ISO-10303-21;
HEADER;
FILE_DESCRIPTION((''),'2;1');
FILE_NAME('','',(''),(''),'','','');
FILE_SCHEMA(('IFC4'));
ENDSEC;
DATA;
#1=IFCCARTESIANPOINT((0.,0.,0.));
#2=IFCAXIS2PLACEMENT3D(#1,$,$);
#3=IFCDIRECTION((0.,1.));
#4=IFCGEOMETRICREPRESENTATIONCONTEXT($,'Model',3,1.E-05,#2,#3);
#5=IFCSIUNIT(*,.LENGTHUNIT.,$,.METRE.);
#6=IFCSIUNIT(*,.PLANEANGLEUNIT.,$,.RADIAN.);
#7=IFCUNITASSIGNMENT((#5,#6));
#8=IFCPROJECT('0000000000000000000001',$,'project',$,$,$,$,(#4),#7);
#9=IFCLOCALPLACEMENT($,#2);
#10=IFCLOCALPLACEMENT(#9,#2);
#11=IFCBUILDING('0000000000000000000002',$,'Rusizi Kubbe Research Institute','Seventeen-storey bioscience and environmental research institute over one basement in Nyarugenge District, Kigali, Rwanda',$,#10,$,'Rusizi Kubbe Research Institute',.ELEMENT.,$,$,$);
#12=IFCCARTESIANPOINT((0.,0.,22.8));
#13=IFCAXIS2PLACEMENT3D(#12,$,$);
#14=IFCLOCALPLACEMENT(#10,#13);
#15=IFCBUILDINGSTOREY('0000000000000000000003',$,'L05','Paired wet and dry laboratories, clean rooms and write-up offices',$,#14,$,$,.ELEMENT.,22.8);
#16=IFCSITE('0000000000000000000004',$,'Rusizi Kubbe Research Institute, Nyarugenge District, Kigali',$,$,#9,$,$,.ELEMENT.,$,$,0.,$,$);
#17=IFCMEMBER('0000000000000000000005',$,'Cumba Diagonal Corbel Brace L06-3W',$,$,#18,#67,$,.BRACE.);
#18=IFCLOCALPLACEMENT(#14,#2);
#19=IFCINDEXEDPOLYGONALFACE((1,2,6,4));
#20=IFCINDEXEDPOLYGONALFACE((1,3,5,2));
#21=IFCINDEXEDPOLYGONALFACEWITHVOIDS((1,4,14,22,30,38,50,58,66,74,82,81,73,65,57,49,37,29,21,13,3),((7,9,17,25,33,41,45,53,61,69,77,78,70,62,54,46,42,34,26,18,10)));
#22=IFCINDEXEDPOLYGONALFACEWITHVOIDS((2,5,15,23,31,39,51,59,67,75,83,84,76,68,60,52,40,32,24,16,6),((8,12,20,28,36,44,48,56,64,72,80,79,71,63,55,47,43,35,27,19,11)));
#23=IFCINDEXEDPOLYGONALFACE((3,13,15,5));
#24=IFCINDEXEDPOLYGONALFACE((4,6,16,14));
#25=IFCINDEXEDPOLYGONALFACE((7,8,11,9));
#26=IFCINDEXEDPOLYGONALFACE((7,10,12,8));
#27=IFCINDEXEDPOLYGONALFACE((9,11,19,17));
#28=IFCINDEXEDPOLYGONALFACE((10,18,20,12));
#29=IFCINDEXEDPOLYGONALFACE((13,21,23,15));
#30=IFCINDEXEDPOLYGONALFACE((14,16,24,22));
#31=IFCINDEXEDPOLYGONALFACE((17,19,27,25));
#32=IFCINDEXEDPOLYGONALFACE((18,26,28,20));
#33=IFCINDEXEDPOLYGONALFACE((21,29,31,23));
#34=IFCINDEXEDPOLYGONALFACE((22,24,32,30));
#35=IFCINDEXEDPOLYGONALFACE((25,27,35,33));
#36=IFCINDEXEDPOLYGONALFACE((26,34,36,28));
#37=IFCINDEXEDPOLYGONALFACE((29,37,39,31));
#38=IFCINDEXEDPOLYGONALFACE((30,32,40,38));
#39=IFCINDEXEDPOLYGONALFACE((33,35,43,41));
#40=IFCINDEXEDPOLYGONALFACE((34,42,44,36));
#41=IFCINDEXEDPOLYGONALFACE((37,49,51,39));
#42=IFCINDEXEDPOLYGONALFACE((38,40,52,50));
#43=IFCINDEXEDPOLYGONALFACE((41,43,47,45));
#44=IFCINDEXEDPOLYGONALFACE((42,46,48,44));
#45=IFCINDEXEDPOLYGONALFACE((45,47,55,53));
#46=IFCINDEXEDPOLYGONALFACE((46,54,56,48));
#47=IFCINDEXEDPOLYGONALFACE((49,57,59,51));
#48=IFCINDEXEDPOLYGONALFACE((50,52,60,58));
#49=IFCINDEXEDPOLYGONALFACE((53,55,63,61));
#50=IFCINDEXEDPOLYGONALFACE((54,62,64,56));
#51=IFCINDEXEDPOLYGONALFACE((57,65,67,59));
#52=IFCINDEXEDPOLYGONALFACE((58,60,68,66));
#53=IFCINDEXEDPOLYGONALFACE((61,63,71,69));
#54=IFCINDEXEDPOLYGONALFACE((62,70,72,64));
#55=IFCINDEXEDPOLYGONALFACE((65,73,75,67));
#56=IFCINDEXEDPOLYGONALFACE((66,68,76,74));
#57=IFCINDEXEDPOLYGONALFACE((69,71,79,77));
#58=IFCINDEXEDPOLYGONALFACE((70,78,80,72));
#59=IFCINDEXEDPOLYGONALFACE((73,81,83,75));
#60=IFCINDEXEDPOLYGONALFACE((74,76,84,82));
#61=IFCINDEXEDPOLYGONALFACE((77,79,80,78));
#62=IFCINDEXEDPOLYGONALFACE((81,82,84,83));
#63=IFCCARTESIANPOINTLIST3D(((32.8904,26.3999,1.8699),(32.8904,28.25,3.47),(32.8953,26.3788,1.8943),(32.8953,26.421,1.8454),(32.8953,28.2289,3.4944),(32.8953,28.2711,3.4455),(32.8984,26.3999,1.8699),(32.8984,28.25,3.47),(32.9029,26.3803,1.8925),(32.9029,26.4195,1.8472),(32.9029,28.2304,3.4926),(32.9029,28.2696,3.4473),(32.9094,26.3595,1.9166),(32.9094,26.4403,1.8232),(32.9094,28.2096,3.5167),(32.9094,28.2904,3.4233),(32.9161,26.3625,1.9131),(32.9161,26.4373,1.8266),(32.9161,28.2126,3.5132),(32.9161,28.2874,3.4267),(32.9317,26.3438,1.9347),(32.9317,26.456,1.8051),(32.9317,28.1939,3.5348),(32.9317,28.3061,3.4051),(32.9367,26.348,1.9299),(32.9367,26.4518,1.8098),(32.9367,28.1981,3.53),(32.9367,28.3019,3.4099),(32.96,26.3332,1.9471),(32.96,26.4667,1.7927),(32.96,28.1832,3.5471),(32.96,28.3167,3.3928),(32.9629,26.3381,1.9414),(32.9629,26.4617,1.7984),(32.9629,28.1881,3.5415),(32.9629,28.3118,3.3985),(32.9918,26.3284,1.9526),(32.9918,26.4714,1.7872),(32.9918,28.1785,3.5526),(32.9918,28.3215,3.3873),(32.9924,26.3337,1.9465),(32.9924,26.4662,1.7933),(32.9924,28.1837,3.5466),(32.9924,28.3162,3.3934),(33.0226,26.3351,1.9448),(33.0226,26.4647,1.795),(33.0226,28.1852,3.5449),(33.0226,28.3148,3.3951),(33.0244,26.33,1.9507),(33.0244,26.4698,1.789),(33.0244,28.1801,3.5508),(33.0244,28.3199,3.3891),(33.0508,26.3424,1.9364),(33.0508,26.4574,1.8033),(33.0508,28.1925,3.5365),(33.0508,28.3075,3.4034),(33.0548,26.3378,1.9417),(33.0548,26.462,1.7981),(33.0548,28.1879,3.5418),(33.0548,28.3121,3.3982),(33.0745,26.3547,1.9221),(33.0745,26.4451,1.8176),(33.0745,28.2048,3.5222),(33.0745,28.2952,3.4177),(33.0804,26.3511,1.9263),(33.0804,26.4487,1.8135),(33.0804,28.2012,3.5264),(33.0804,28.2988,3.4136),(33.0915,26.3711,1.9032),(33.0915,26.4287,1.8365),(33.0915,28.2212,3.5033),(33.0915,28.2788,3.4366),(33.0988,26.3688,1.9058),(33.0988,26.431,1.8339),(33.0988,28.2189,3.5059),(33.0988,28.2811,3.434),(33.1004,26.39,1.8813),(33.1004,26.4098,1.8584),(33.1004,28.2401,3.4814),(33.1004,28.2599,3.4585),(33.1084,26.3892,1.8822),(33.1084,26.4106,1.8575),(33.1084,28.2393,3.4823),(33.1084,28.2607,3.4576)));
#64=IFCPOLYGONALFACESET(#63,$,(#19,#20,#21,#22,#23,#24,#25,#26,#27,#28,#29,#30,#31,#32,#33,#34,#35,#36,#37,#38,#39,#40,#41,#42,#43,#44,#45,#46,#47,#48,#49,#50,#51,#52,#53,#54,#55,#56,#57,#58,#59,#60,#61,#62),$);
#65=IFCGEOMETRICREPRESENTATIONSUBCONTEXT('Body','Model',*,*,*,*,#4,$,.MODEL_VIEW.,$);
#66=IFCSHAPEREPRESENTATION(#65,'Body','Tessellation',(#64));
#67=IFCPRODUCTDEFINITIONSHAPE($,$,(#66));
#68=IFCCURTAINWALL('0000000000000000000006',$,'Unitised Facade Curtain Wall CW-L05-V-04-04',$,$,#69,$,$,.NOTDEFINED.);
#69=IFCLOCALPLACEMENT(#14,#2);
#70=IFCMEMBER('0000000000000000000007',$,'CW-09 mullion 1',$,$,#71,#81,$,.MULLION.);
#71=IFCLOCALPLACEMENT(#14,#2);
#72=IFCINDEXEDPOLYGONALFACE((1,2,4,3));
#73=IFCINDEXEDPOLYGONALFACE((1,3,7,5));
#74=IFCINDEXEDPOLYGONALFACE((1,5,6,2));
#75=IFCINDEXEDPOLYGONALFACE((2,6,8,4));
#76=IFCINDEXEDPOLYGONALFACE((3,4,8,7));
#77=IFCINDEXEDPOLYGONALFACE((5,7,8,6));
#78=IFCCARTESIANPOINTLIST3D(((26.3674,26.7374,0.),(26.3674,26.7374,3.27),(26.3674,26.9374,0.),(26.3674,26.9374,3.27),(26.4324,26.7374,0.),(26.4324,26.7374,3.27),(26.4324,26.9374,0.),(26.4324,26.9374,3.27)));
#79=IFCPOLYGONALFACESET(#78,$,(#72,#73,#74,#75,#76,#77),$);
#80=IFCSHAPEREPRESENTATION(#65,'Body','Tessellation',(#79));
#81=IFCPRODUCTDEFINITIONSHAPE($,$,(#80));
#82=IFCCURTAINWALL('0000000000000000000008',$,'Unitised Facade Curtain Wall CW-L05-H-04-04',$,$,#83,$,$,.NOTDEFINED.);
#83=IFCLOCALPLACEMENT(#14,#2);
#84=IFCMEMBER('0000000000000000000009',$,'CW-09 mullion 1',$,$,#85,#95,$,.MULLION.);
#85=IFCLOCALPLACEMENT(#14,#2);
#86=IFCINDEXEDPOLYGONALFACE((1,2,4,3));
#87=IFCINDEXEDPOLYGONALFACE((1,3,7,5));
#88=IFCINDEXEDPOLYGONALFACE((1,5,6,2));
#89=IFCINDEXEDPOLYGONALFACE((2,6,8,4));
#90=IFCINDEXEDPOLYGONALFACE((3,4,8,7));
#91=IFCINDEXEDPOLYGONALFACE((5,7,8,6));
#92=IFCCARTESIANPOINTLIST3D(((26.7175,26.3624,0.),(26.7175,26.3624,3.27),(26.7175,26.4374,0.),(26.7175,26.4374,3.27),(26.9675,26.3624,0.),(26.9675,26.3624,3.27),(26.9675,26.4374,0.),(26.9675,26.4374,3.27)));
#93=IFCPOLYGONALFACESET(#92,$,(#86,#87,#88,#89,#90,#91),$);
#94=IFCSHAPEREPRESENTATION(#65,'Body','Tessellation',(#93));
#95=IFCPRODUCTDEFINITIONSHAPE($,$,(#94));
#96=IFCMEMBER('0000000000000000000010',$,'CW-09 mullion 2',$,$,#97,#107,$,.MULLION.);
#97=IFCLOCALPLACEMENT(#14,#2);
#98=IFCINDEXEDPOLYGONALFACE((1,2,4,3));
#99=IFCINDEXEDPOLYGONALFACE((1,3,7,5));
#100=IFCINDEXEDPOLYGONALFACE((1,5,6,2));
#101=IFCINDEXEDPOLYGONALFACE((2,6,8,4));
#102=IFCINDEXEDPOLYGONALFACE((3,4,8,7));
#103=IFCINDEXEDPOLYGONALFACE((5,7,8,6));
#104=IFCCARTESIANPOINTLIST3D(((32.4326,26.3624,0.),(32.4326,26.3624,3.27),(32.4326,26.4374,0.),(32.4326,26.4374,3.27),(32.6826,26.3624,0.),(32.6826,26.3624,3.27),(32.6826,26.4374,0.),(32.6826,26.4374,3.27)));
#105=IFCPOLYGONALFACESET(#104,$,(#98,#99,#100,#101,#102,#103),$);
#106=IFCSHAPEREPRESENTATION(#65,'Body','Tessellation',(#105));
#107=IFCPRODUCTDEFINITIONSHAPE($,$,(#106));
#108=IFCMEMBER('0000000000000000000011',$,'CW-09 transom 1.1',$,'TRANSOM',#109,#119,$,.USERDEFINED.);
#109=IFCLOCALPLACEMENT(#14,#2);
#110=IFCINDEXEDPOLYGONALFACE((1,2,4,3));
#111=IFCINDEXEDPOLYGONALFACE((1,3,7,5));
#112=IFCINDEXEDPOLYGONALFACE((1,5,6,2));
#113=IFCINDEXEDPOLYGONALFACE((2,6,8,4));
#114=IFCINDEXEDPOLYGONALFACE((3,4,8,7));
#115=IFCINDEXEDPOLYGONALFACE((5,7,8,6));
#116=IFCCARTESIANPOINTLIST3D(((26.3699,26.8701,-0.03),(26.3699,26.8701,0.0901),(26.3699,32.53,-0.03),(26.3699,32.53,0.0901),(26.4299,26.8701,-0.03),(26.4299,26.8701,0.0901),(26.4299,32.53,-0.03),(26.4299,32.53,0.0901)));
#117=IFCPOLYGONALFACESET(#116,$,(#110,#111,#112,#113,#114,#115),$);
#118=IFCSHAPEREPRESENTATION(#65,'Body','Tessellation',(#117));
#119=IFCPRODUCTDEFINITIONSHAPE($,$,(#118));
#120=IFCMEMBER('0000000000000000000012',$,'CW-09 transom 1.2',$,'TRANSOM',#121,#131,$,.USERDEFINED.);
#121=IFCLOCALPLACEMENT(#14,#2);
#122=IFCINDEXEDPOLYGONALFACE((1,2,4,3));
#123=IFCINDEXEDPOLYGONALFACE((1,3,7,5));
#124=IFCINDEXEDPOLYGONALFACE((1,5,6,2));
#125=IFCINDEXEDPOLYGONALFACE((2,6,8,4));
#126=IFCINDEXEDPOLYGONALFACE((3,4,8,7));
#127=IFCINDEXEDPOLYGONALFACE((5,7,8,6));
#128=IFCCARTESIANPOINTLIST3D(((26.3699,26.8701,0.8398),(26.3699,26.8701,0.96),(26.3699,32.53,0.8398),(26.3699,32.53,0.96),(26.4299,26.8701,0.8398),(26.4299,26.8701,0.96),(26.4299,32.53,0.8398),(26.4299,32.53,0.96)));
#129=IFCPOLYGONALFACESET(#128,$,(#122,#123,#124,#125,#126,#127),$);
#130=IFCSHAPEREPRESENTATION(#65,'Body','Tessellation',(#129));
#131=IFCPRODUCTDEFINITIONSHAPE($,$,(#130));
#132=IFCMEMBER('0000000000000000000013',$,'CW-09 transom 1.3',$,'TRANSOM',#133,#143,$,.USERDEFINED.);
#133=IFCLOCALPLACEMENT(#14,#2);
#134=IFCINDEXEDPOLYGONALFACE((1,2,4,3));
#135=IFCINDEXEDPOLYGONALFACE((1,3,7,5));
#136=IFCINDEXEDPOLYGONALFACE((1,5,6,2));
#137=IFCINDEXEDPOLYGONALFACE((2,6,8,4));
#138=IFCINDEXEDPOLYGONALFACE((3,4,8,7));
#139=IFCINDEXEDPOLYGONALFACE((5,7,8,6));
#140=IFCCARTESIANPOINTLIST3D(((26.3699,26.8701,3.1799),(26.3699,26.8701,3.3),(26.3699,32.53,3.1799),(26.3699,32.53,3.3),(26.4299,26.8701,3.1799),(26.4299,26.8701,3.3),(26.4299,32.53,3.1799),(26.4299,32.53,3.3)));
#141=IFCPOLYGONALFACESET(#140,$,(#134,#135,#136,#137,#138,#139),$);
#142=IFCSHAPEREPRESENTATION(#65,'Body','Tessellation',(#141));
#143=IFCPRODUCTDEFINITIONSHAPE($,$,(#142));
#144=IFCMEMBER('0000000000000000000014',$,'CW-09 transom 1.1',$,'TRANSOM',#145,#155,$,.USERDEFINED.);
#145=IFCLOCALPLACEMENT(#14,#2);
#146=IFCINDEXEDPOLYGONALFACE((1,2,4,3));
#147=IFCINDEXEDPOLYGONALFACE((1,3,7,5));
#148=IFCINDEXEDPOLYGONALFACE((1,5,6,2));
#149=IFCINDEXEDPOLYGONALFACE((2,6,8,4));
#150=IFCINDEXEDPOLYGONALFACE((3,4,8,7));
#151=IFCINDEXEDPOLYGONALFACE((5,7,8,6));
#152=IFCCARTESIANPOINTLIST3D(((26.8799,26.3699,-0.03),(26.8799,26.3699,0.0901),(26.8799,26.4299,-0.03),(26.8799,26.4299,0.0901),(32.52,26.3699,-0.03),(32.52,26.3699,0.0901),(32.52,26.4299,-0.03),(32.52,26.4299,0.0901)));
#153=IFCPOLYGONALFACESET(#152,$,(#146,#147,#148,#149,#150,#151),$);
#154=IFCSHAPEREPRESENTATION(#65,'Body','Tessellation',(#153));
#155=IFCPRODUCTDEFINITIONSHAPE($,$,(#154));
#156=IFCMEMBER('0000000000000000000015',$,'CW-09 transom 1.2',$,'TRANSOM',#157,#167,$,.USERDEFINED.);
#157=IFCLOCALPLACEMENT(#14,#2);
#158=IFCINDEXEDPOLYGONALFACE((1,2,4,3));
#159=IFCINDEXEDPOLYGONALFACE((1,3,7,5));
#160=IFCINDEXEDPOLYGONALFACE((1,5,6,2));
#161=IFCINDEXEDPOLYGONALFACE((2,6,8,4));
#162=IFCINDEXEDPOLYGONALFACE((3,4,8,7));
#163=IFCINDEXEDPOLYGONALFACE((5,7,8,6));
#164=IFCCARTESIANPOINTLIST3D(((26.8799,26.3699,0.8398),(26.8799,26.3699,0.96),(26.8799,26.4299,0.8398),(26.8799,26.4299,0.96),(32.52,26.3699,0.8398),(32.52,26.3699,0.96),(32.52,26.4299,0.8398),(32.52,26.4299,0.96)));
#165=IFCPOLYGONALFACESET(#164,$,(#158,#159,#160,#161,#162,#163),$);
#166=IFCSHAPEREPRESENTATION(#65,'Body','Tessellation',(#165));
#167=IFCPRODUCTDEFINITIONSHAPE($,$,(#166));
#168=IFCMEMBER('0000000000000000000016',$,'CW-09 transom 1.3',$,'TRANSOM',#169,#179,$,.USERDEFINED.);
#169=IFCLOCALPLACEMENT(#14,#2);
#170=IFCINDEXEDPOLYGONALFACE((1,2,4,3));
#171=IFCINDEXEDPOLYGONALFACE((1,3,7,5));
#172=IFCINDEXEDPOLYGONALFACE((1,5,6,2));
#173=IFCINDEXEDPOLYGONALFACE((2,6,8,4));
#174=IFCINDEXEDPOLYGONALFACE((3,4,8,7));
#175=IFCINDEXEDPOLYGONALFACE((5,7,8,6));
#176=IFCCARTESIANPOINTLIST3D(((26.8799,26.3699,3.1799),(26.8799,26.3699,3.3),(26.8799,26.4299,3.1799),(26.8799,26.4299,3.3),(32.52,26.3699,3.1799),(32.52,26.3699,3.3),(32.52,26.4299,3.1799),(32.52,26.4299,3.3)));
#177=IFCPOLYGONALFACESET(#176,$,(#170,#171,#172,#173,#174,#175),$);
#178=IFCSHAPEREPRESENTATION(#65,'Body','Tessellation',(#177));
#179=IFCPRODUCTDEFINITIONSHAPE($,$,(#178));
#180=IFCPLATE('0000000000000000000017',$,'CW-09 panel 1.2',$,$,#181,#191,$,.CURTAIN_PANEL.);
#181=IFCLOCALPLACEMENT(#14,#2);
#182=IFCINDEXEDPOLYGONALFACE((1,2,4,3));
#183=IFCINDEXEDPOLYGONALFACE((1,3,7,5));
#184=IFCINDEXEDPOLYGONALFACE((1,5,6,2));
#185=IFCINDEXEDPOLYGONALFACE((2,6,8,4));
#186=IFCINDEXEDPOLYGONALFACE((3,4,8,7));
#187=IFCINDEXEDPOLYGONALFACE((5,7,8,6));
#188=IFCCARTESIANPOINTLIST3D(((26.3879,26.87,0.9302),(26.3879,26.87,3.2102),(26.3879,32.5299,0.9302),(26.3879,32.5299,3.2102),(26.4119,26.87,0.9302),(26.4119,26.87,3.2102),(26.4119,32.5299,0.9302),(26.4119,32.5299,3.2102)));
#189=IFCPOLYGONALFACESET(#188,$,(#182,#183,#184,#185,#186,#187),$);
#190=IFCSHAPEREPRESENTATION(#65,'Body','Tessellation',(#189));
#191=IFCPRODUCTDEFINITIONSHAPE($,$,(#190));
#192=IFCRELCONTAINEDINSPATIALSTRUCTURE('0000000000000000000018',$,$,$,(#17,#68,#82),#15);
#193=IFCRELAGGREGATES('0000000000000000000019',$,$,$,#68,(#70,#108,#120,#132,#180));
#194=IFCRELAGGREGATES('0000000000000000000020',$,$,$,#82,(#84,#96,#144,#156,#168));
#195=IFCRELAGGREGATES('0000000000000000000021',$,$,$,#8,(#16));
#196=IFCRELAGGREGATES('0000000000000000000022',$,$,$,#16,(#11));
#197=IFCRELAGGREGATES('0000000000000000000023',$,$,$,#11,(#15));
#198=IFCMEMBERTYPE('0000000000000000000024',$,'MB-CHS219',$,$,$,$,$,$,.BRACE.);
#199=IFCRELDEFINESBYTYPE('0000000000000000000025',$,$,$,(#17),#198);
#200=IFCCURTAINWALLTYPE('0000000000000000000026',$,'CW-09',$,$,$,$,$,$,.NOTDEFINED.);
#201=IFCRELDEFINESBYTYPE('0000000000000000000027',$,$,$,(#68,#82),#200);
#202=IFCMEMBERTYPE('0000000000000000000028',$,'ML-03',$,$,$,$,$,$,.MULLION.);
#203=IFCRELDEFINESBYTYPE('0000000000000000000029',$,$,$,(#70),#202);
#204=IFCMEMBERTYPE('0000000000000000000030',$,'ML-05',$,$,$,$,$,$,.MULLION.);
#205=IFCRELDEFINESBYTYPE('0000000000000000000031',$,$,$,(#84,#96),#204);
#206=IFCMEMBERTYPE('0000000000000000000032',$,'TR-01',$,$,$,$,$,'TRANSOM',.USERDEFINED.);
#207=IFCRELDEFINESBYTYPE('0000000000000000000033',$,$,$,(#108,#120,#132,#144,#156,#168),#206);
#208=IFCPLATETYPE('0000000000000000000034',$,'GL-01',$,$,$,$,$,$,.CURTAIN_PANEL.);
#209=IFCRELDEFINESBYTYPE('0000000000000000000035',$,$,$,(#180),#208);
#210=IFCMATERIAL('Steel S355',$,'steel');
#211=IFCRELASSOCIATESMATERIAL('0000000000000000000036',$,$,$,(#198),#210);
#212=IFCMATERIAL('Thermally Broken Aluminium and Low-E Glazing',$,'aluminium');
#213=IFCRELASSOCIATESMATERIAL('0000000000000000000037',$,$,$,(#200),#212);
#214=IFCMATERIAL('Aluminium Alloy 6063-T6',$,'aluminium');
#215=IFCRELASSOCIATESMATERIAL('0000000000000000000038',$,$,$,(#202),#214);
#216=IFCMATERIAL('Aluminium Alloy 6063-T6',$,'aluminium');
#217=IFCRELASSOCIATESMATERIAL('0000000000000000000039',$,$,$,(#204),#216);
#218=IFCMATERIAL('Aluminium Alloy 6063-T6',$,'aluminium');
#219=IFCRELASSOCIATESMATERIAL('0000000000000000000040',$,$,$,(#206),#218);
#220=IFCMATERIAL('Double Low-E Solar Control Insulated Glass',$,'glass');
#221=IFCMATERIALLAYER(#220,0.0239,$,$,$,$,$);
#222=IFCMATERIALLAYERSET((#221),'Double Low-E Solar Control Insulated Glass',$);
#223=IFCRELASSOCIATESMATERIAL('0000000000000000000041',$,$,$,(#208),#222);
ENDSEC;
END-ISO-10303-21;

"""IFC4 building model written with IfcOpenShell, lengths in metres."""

from ifc_helpers import new_model, si_unit, direction, frame, origin, origin_2d, place, context, subcontext, project, spatial, rectangle, hollow_circle, extrude, material, layer, layer_set, material_profile, profile_set, type_object, element, aggregate, save


model = new_model("IFC4")

# Units and contexts
model_context = context("Model", 3, precision=1e-05, world=origin(), true_north=direction((0.0, 1.0)))
body_context = subcontext(model_context, "Body", "Model", "MODEL_VIEW")
ifc_project = project(units=[si_unit("LENGTHUNIT", "METRE"), si_unit("PLANEANGLEUNIT", "RADIAN")], contexts=[model_context])

# Site, building, storey
site_placement = place(None, origin())
site = spatial("IfcSite", under=ifc_project, at=site_placement, Name="Rusizi Kubbe Research Institute, Nyarugenge District, Kigali", CompositionType="ELEMENT", RefElevation=0.0)
building_placement = place(site_placement, origin())
building = spatial("IfcBuilding", under=site, at=building_placement, Name="Rusizi Kubbe Research Institute", Description="Seventeen-storey bioscience and environmental research institute over one basement in Nyarugenge District, Kigali, Rwanda", LongName="Rusizi Kubbe Research Institute", CompositionType="ELEMENT")
storey_placement = place(building_placement, frame((0.0, 0.0, 22.8)))
storey = spatial("IfcBuildingStorey", under=building, at=storey_placement, Name="L05", Description="Paired wet and dry laboratories, clean rooms and write-up offices", CompositionType="ELEMENT", Elevation=22.8)

# Member
ifc_material_1 = material(Name="Steel S355", Category="steel")
ifc_material_profile_1 = material_profile(ifc_material_1, hollow_circle(Radius=0.1096, WallThickness=0.0081, at=origin_2d()), Name="CHS 219.1x8.0")
ifc_profile_set_1 = profile_set([ifc_material_profile_1], Name="Steel S355")
member_type_1 = type_object("IfcMemberType", Name="MB-CHS219", PredefinedType="BRACE", material=ifc_profile_set_1)
member_1_placement = place(storey_placement, frame((33.0, 26.3999, 1.8699), z_axis=(0.0, 0.756361, 0.654155), x_axis=(-1.0, 0.0, 0.0)))
element("IfcMember", 1, at=member_1_placement, inside=storey, type_object=member_type_1, Name="Cumba Diagonal Corbel Brace L06-3W", PredefinedType="BRACE", context=body_context, shape_type="SweptSolid", body=[
    extrude(hollow_circle(Radius=0.1096, WallThickness=0.0081, at=origin_2d()), origin(), (0.0, 0.0, 1.0), 2.446),
])

# Curtain wall, member
ifc_material_2 = material(Name="Thermally Broken Aluminium and Low-E Glazing", Category="aluminium")
curtain_wall_type = type_object("IfcCurtainWallType", Name="CW-09", PredefinedType="NOTDEFINED", material=ifc_material_2)
curtain_wall_1_placement = place(storey_placement, origin())
curtain_wall_1 = element("IfcCurtainWall", 2, at=curtain_wall_1_placement, inside=storey, type_object=curtain_wall_type, Name="Unitised Facade Curtain Wall CW-L05-V-04-04", PredefinedType="NOTDEFINED")
ifc_material_3 = material(Name="Aluminium Alloy 6063-T6", Category="aluminium")
ifc_material_profile_2 = material_profile(ifc_material_3, rectangle(XDim=0.0649, YDim=0.2, at=origin_2d()), Name="ALU-M 65x200")
ifc_profile_set_2 = profile_set([ifc_material_profile_2], Name="Aluminium Alloy 6063-T6")
member_type_2 = type_object("IfcMemberType", Name="ML-03", PredefinedType="MULLION", material=ifc_profile_set_2)
member_2_placement = place(storey_placement, frame((26.3999, 26.8374, 0.0), z_axis=(0.0, 0.0, 1.0), x_axis=(-1.0, 0.0, 0.0)))
member_2 = element("IfcMember", 3, at=member_2_placement, type_object=member_type_2, Name="CW-09 mullion 1", PredefinedType="MULLION", context=body_context, shape_type="SweptSolid", body=[
    extrude(rectangle(XDim=0.0649, YDim=0.2, at=origin_2d()), origin(), (0.0, 0.0, 1.0), 3.27),
])

# Curtain wall, members
curtain_wall_2_placement = place(storey_placement, origin())
curtain_wall_2 = element("IfcCurtainWall", 4, at=curtain_wall_2_placement, inside=storey, type_object=curtain_wall_type, Name="Unitised Facade Curtain Wall CW-L05-H-04-04", PredefinedType="NOTDEFINED")
ifc_material_4 = material(Name="Aluminium Alloy 6063-T6", Category="aluminium")
ifc_material_profile_3 = material_profile(ifc_material_4, rectangle(XDim=0.075, YDim=0.25, at=origin_2d()), Name="ALU-M 75x250")
ifc_profile_set_3 = profile_set([ifc_material_profile_3], Name="Aluminium Alloy 6063-T6")
member_type_3 = type_object("IfcMemberType", Name="ML-05", PredefinedType="MULLION", material=ifc_profile_set_3)
member_3_placement = place(storey_placement, frame((26.8425, 26.3999, 0.0), z_axis=(0.0, 0.0, 1.0), x_axis=(0.0, 1.0, 0.0)))
member_3 = element("IfcMember", 5, at=member_3_placement, type_object=member_type_3, Name="CW-09 mullion 1", PredefinedType="MULLION", context=body_context, shape_type="SweptSolid", body=[
    extrude(rectangle(XDim=0.075, YDim=0.25, at=origin_2d()), origin(), (0.0, 0.0, 1.0), 3.27),
])
member_4_placement = place(storey_placement, frame((32.5576, 26.3999, 0.0), z_axis=(0.0, 0.0, 1.0), x_axis=(0.0, 1.0, 0.0)))
member_4 = element("IfcMember", 6, at=member_4_placement, type_object=member_type_3, Name="CW-09 mullion 2", PredefinedType="MULLION", context=body_context, shape_type="SweptSolid", body=[
    extrude(rectangle(XDim=0.075, YDim=0.25, at=origin_2d()), origin(), (0.0, 0.0, 1.0), 3.27),
])

# Members
ifc_material_5 = material(Name="Aluminium Alloy 6063-T6", Category="aluminium")
ifc_material_profile_4 = material_profile(ifc_material_5, rectangle(XDim=0.0601, YDim=0.1201, at=origin_2d()), Name="ALU-T 60x120")
ifc_profile_set_4 = profile_set([ifc_material_profile_4], Name="Aluminium Alloy 6063-T6")
member_type_4 = type_object("IfcMemberType", Name="TR-01", ElementType="TRANSOM", PredefinedType="USERDEFINED", material=ifc_profile_set_4)
member_5_placement = place(storey_placement, frame((26.3999, 26.8701, 0.03), z_axis=(0.0, 1.0, 0.0), x_axis=(-1.0, 0.0, 0.0)))
member_5 = element("IfcMember", 7, at=member_5_placement, type_object=member_type_4, Name="CW-09 transom 1.1", ObjectType="TRANSOM", PredefinedType="USERDEFINED", context=body_context, shape_type="SweptSolid", body=[
    extrude(rectangle(XDim=0.0601, YDim=0.1201, at=origin_2d()), origin(), (0.0, 0.0, 1.0), 5.6599),
])
member_6_placement = place(storey_placement, frame((26.3999, 26.8701, 0.8999), z_axis=(0.0, 1.0, 0.0), x_axis=(-1.0, 0.0, 0.0)))
member_6 = element("IfcMember", 8, at=member_6_placement, type_object=member_type_4, Name="CW-09 transom 1.2", ObjectType="TRANSOM", PredefinedType="USERDEFINED", context=body_context, shape_type="SweptSolid", body=[
    extrude(rectangle(XDim=0.0601, YDim=0.1201, at=origin_2d()), origin(), (0.0, 0.0, 1.0), 5.6599),
])
member_7_placement = place(storey_placement, frame((26.3999, 26.8701, 3.24), z_axis=(0.0, 1.0, 0.0), x_axis=(-1.0, 0.0, 0.0)))
member_7 = element("IfcMember", 9, at=member_7_placement, type_object=member_type_4, Name="CW-09 transom 1.3", ObjectType="TRANSOM", PredefinedType="USERDEFINED", context=body_context, shape_type="SweptSolid", body=[
    extrude(rectangle(XDim=0.0601, YDim=0.1201, at=origin_2d()), origin(), (0.0, 0.0, 1.0), 5.6599),
])
member_8_placement = place(storey_placement, frame((26.8799, 26.3999, 0.03), z_axis=(1.0, 0.0, 0.0), x_axis=(0.0, 1.0, 0.0)))
member_8 = element("IfcMember", 10, at=member_8_placement, type_object=member_type_4, Name="CW-09 transom 1.1", ObjectType="TRANSOM", PredefinedType="USERDEFINED", context=body_context, shape_type="SweptSolid", body=[
    extrude(rectangle(XDim=0.0601, YDim=0.1201, at=origin_2d()), origin(), (0.0, 0.0, 1.0), 5.6401),
])
member_9_placement = place(storey_placement, frame((26.8799, 26.3999, 0.8999), z_axis=(1.0, 0.0, 0.0), x_axis=(0.0, 1.0, 0.0)))
member_9 = element("IfcMember", 11, at=member_9_placement, type_object=member_type_4, Name="CW-09 transom 1.2", ObjectType="TRANSOM", PredefinedType="USERDEFINED", context=body_context, shape_type="SweptSolid", body=[
    extrude(rectangle(XDim=0.0601, YDim=0.1201, at=origin_2d()), origin(), (0.0, 0.0, 1.0), 5.6401),
])
member_10_placement = place(storey_placement, frame((26.8799, 26.3999, 3.24), z_axis=(1.0, 0.0, 0.0), x_axis=(0.0, 1.0, 0.0)))
member_10 = element("IfcMember", 12, at=member_10_placement, type_object=member_type_4, Name="CW-09 transom 1.3", ObjectType="TRANSOM", PredefinedType="USERDEFINED", context=body_context, shape_type="SweptSolid", body=[
    extrude(rectangle(XDim=0.0601, YDim=0.1201, at=origin_2d()), origin(), (0.0, 0.0, 1.0), 5.6401),
])

# Plate
ifc_material_6 = material(Name="Double Low-E Solar Control Insulated Glass", Category="glass")
ifc_layer_1 = layer(ifc_material_6, 0.0239)
ifc_layer_set_1 = layer_set([ifc_layer_1], Name="Double Low-E Solar Control Insulated Glass")
plate_type_1 = type_object("IfcPlateType", Name="GL-01", PredefinedType="CURTAIN_PANEL", material=ifc_layer_set_1)
plate_1_placement = place(storey_placement, frame((26.3999, 29.7, 0.9302), z_axis=(0.0, 0.0, 1.0), x_axis=(0.0, 1.0, 0.0)))
plate_1 = element("IfcPlate", 13, at=plate_1_placement, type_object=plate_type_1, Name="CW-09 panel 1.2", PredefinedType="CURTAIN_PANEL", context=body_context, shape_type="SweptSolid", body=[
    extrude(rectangle(XDim=5.6599, YDim=0.0239, at=origin_2d()), origin(), (0.0, 0.0, 1.0), 2.28),
])
aggregate(curtain_wall_1, [member_2, member_5, member_6, member_7, plate_1])
aggregate(curtain_wall_2, [member_3, member_4, member_8, member_9, member_10])

save(model, "model.ifc")
